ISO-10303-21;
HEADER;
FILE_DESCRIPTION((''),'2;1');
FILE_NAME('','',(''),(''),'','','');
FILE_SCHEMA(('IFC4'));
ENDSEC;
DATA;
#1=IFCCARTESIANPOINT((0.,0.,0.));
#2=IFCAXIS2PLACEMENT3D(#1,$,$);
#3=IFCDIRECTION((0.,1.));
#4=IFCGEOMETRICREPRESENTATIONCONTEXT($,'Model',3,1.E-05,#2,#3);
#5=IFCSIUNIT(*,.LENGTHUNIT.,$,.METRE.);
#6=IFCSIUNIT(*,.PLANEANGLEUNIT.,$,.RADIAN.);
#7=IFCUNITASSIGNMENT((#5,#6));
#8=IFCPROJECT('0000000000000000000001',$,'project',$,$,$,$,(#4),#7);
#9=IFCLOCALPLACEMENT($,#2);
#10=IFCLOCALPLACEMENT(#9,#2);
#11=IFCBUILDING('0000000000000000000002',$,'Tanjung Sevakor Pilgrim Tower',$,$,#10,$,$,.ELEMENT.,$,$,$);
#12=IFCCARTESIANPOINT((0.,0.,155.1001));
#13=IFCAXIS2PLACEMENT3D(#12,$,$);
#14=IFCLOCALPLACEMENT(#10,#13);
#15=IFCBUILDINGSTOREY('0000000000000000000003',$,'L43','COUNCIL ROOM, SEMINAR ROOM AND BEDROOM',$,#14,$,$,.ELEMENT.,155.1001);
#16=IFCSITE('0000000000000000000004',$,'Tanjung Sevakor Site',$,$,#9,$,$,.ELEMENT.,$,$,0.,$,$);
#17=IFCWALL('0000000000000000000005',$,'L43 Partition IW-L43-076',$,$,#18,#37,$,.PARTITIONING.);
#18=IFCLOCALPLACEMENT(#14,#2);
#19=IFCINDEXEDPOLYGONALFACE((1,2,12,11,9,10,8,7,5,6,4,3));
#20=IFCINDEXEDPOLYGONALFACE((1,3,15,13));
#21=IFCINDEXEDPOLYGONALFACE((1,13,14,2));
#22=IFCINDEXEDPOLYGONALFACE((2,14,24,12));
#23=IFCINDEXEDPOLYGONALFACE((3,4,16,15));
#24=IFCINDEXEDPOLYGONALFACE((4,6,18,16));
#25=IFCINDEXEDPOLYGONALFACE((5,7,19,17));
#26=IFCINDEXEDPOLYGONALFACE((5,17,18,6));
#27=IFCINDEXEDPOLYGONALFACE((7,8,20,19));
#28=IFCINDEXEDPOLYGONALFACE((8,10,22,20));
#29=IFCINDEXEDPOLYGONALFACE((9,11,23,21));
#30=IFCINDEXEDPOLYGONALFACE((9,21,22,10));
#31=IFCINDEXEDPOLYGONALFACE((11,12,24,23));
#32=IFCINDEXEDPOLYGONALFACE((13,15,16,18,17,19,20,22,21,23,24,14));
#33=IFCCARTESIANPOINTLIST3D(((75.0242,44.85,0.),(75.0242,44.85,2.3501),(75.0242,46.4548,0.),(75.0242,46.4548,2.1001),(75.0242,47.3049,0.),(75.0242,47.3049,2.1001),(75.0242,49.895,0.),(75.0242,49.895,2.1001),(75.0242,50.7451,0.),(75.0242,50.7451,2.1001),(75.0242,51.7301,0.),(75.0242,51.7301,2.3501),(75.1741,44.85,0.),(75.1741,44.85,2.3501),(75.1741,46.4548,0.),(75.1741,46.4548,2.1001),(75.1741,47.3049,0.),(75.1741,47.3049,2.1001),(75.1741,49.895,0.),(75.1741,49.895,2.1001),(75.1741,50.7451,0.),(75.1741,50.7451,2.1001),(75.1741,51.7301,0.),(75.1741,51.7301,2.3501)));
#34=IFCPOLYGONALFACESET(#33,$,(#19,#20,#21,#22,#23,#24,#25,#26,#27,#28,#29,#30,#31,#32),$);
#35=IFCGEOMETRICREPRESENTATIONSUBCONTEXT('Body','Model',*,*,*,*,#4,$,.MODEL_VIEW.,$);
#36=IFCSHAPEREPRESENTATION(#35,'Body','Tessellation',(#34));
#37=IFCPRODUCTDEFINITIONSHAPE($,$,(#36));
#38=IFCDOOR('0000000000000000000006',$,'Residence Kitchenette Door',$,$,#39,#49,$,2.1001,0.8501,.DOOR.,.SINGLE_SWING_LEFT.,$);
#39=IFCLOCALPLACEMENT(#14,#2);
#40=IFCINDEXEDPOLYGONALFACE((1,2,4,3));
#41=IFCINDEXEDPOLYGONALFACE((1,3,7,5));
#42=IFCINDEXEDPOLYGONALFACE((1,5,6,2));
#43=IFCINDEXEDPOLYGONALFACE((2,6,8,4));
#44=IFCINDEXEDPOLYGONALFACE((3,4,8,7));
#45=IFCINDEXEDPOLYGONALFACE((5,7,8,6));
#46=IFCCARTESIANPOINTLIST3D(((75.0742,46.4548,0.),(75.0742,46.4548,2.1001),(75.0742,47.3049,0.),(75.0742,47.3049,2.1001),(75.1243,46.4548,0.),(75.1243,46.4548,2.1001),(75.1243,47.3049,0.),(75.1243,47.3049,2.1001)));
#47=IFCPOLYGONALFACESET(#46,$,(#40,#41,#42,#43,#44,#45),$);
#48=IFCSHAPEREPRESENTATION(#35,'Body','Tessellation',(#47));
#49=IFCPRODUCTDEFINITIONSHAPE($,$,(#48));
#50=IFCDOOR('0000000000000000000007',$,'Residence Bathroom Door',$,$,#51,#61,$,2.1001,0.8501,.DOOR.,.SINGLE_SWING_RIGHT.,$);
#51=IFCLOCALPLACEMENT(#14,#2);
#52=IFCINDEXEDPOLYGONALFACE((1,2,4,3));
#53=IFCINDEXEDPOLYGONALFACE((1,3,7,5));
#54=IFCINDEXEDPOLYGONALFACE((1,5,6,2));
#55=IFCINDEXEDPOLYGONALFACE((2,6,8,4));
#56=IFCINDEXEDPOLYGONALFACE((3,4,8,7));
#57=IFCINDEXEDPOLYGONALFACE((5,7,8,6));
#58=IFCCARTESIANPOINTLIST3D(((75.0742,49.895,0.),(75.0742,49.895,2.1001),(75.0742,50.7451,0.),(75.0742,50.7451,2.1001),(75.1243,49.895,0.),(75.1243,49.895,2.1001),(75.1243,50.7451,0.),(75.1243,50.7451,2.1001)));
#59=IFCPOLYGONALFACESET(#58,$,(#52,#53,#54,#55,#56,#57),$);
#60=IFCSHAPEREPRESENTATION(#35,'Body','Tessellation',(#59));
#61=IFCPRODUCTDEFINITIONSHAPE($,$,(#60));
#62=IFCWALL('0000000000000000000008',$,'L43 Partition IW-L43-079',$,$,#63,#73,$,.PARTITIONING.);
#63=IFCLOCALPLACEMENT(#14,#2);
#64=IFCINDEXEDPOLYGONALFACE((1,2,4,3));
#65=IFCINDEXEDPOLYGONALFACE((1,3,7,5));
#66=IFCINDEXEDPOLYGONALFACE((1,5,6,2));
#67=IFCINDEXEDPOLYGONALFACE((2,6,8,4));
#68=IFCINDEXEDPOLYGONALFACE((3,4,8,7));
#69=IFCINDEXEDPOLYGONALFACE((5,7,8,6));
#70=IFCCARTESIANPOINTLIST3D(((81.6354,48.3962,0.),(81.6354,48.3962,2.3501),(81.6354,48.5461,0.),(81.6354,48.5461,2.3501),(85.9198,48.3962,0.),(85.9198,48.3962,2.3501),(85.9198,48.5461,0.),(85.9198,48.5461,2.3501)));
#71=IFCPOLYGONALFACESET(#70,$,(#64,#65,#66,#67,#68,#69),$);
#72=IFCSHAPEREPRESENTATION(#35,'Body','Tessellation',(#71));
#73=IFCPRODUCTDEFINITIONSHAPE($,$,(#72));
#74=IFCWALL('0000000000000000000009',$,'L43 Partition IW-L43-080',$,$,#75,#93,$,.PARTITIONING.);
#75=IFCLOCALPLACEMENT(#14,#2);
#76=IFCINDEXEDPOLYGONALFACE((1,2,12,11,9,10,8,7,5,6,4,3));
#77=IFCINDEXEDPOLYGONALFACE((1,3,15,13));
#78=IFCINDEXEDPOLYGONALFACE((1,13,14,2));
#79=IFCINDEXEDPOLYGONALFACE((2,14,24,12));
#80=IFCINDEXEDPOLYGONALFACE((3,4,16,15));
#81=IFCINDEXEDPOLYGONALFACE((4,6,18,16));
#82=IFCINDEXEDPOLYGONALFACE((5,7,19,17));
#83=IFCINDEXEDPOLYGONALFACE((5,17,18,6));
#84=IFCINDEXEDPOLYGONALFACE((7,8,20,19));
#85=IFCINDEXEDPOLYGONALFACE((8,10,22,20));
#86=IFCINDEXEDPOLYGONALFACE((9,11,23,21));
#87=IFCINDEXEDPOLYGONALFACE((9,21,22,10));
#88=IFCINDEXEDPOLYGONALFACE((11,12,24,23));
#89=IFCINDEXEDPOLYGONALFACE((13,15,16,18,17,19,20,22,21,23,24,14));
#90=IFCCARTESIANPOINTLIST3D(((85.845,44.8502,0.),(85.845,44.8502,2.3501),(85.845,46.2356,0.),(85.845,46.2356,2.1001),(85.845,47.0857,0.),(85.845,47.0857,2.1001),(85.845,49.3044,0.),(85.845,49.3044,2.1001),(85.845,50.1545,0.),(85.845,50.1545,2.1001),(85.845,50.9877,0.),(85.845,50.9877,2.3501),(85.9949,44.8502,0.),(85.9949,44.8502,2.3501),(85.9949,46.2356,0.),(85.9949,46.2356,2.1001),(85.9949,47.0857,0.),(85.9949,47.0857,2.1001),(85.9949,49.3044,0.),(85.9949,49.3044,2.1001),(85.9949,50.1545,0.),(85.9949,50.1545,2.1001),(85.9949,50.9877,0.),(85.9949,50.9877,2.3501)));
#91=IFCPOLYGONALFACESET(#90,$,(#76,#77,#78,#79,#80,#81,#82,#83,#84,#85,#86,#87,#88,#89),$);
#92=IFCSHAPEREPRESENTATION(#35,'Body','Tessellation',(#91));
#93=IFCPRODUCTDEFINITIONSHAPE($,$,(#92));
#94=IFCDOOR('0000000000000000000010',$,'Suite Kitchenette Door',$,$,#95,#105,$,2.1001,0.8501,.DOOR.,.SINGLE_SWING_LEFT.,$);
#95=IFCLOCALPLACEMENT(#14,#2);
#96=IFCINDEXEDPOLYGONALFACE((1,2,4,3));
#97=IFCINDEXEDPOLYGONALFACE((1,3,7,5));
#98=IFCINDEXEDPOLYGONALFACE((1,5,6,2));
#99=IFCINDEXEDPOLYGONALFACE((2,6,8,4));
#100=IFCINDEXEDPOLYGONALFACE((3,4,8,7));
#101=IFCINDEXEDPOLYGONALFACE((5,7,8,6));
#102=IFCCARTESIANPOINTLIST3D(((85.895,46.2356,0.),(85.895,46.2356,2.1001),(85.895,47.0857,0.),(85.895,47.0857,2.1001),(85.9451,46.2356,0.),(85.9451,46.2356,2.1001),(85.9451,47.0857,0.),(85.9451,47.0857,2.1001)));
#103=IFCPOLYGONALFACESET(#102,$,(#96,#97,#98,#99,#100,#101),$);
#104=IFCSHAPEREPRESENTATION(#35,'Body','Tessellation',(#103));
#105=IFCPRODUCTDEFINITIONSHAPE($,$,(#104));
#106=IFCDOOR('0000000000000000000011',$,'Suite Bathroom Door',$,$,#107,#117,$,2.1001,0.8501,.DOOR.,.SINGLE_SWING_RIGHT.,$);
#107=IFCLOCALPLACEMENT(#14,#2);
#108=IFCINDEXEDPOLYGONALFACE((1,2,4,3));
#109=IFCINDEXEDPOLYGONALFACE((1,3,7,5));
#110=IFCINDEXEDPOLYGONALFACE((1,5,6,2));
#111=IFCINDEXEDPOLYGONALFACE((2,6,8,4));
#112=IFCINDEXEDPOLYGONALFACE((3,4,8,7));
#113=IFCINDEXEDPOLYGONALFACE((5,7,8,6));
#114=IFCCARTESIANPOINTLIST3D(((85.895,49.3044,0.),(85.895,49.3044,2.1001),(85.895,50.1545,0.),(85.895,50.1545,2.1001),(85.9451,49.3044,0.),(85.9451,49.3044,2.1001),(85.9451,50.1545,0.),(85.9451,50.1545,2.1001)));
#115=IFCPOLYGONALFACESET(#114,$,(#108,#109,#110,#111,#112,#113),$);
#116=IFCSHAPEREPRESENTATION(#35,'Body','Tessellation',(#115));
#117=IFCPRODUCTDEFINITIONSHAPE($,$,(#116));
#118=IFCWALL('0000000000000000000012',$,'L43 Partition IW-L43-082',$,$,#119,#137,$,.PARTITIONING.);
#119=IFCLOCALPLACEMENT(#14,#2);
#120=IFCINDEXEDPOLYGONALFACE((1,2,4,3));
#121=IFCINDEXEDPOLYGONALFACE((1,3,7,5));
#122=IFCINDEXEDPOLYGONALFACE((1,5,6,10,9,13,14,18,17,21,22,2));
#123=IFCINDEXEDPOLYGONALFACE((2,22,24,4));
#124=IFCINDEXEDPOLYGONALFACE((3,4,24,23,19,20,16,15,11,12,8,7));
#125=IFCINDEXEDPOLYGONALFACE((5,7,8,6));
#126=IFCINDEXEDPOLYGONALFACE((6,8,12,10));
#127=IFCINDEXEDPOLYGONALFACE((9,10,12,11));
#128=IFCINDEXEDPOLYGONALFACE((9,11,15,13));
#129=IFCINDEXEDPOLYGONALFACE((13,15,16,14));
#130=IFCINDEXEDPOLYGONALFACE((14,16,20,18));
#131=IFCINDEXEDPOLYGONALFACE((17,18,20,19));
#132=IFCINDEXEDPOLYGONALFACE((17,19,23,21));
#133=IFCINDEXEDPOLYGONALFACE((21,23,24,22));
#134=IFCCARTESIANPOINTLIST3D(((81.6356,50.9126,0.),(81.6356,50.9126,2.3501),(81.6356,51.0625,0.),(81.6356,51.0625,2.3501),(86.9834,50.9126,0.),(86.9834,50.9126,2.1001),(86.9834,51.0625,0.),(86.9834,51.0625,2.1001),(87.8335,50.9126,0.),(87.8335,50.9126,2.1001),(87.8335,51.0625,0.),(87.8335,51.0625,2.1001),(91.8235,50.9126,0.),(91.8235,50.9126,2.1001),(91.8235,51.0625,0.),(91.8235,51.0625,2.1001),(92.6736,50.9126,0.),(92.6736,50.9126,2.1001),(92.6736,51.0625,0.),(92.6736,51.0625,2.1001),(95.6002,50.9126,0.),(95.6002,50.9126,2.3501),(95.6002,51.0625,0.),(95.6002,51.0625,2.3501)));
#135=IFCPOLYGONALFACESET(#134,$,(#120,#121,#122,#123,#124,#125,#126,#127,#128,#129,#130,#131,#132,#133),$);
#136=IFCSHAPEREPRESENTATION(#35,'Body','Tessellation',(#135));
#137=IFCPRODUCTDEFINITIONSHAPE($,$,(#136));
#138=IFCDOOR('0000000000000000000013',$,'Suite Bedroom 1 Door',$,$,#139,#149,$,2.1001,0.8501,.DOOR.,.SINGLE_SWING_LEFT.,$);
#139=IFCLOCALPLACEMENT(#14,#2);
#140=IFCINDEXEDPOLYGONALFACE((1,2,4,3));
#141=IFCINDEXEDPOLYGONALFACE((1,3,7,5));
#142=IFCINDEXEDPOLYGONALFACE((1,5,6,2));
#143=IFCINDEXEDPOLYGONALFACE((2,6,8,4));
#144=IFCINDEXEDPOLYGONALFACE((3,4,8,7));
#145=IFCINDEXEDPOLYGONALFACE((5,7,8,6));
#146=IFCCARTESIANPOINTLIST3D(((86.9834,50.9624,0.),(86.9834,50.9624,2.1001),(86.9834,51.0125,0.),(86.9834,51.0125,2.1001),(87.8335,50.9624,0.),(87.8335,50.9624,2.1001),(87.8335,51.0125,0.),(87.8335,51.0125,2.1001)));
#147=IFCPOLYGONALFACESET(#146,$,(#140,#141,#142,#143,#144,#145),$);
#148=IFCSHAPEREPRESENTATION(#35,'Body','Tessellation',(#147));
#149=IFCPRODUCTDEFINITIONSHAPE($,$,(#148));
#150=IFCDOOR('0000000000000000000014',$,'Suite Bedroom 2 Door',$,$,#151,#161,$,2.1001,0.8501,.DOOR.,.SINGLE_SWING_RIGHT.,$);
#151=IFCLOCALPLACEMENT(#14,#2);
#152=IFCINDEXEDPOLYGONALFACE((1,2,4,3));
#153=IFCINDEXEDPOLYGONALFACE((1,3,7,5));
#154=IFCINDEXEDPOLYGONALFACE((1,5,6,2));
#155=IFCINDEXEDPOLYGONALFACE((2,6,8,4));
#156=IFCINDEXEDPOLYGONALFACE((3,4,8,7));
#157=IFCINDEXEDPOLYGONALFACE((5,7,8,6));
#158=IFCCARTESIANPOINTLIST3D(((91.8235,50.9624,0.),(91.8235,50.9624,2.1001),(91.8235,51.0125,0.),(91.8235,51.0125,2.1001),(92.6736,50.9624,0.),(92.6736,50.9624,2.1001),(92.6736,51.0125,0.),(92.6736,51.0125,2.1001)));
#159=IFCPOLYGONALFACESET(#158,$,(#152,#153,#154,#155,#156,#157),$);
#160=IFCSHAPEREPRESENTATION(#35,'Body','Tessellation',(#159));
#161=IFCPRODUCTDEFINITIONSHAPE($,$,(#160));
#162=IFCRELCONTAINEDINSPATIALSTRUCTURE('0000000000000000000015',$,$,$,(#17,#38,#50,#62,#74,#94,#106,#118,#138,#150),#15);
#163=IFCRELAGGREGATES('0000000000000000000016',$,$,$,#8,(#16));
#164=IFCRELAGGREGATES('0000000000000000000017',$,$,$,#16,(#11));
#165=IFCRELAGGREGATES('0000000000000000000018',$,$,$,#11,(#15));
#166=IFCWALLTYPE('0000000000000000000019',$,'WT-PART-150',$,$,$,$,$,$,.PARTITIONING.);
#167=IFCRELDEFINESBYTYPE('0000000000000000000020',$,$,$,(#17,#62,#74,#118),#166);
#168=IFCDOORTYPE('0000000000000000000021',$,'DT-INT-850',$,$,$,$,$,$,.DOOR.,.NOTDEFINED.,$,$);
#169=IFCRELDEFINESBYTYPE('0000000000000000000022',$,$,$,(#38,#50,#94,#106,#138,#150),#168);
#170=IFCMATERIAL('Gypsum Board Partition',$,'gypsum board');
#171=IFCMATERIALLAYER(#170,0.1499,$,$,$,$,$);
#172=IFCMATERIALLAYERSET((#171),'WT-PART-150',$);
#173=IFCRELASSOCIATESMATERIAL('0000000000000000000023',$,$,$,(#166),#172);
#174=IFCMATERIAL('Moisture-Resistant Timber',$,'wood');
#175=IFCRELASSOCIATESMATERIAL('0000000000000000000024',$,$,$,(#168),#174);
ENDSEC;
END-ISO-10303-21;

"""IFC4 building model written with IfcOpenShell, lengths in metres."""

from ifc_helpers import new_model, si_unit, direction, frame, frame_2d, origin, place, context, subcontext, project, spatial, rectangle, extrude, material, layer, layer_set, type_object, element, fill, save


model = new_model("IFC4")

# Units and contexts
model_context = context("Model", 3, precision=1e-05, world=origin(), true_north=direction((0.0, 1.0)))
body_context = subcontext(model_context, "Body", "Model", "MODEL_VIEW")
ifc_project = project(units=[si_unit("LENGTHUNIT", "METRE"), si_unit("PLANEANGLEUNIT", "RADIAN")], contexts=[model_context])

# Site, building, storey
site_placement = place(None, origin())
site = spatial("IfcSite", under=ifc_project, at=site_placement, Name="Tanjung Sevakor Site", CompositionType="ELEMENT", RefElevation=0.0)
building_placement = place(site_placement, origin())
building = spatial("IfcBuilding", under=site, at=building_placement, Name="Tanjung Sevakor Pilgrim Tower", CompositionType="ELEMENT")
storey_placement = place(building_placement, frame((0.0, 0.0, 155.1001)))
storey = spatial("IfcBuildingStorey", under=building, at=storey_placement, Name="L43", Description="COUNCIL ROOM, SEMINAR ROOM AND BEDROOM", CompositionType="ELEMENT", Elevation=155.1001)

# Wall, openings, doors
ifc_material_1 = material(Name="Gypsum Board Partition", Category="gypsum board")
ifc_layer_1 = layer(ifc_material_1, 0.1499)
ifc_layer_set_1 = layer_set([ifc_layer_1], Name="WT-PART-150")
wall_type_1 = type_object("IfcWallType", Name="WT-PART-150", PredefinedType="PARTITIONING", material=ifc_layer_set_1)
wall_1_placement = place(storey_placement, frame((75.0991, 44.8501, 0.0), z_axis=(0.0, 0.0, 1.0), x_axis=(0.0, 1.0, 0.0)))
wall_1 = element("IfcWall", 1, at=wall_1_placement, inside=storey, type_object=wall_type_1, Name="L43 Partition IW-L43-076", PredefinedType="PARTITIONING", context=body_context, shape_type="SweptSolid", body=[
    extrude(rectangle(XDim=6.8801, YDim=0.1499, at=frame_2d((3.4399, 0.0))), origin(), (0.0, 0.0, 1.0), 2.3501),
])
opening_1_placement = place(wall_1_placement, frame((1.6047, 0.0, 0.0)))
opening_1 = element("IfcOpeningElement", 2, at=opening_1_placement, cuts=wall_1, PredefinedType="OPENING", context=body_context, shape_type="SweptSolid", body=[
    extrude(rectangle(XDim=0.8501, YDim=2.1001, at=frame_2d((0.425, 1.05))), frame((0.0, 0.085, 0.0), z_axis=(0.0, -1.0, 0.0), x_axis=(1.0, 0.0, 0.0)), (0.0, 0.0, 1.0), 0.1699),
])
opening_2_placement = place(wall_1_placement, frame((5.0449, 0.0, 0.0)))
opening_2 = element("IfcOpeningElement", 3, at=opening_2_placement, cuts=wall_1, PredefinedType="OPENING", context=body_context, shape_type="SweptSolid", body=[
    extrude(rectangle(XDim=0.8501, YDim=2.1001, at=frame_2d((0.425, 1.05))), frame((0.0, 0.085, 0.0), z_axis=(0.0, -1.0, 0.0), x_axis=(1.0, 0.0, 0.0)), (0.0, 0.0, 1.0), 0.1699),
])
ifc_material_2 = material(Name="Moisture-Resistant Timber", Category="wood")
door_type_1 = type_object("IfcDoorType", Name="DT-INT-850", OperationType="NOTDEFINED", PredefinedType="DOOR", material=ifc_material_2)
door_1_placement = place(opening_1_placement, origin())
door_1 = element("IfcDoor", 4, at=door_1_placement, inside=storey, type_object=door_type_1, Name="Residence Kitchenette Door", OperationType="SINGLE_SWING_LEFT", OverallHeight=2.1001, OverallWidth=0.8501, PredefinedType="DOOR", context=body_context, shape_type="SweptSolid", body=[
    extrude(rectangle(XDim=0.8501, YDim=2.1001, at=frame_2d((0.425, 1.05))), frame((0.0, 0.0249, 0.0), z_axis=(0.0, -1.0, 0.0), x_axis=(1.0, 0.0, 0.0)), (0.0, 0.0, 1.0), 0.05),
])
fill(opening_1, door_1)
door_2_placement = place(opening_2_placement, origin())
door_2 = element("IfcDoor", 5, at=door_2_placement, inside=storey, type_object=door_type_1, Name="Residence Bathroom Door", OperationType="SINGLE_SWING_RIGHT", OverallHeight=2.1001, OverallWidth=0.8501, PredefinedType="DOOR", context=body_context, shape_type="SweptSolid", body=[
    extrude(rectangle(XDim=0.8501, YDim=2.1001, at=frame_2d((0.425, 1.05))), frame((0.0, 0.0249, 0.0), z_axis=(0.0, -1.0, 0.0), x_axis=(1.0, 0.0, 0.0)), (0.0, 0.0, 1.0), 0.05),
])
fill(opening_2, door_2)

# Wall
wall_2_placement = place(storey_placement, frame((81.6355, 48.4712, 0.0), z_axis=(0.0, 0.0, 1.0), x_axis=(1.0, 0.0, 0.0)))
element("IfcWall", 6, at=wall_2_placement, inside=storey, type_object=wall_type_1, Name="L43 Partition IW-L43-079", PredefinedType="PARTITIONING", context=body_context, shape_type="SweptSolid", body=[
    extrude(rectangle(XDim=4.2844, YDim=0.1499, at=frame_2d((2.1421, 0.0))), origin(), (0.0, 0.0, 1.0), 2.3501),
])

# Walls, openings, doors
wall_3_placement = place(storey_placement, frame((85.9199, 44.8501, 0.0), z_axis=(0.0, 0.0, 1.0), x_axis=(0.0, 1.0, 0.0)))
wall_3 = element("IfcWall", 7, at=wall_3_placement, inside=storey, type_object=wall_type_1, Name="L43 Partition IW-L43-080", PredefinedType="PARTITIONING", context=body_context, shape_type="SweptSolid", body=[
    extrude(rectangle(XDim=6.1375, YDim=0.1499, at=frame_2d((3.0688, 0.0))), origin(), (0.0, 0.0, 1.0), 2.3501),
])
opening_3_placement = place(wall_3_placement, frame((1.3855, 0.0, 0.0)))
opening_3 = element("IfcOpeningElement", 8, at=opening_3_placement, cuts=wall_3, PredefinedType="OPENING", context=body_context, shape_type="SweptSolid", body=[
    extrude(rectangle(XDim=0.8501, YDim=2.1001, at=frame_2d((0.425, 1.05))), frame((0.0, 0.085, 0.0), z_axis=(0.0, -1.0, 0.0), x_axis=(1.0, 0.0, 0.0)), (0.0, 0.0, 1.0), 0.1699),
])
opening_4_placement = place(wall_3_placement, frame((4.4543, 0.0, 0.0)))
opening_4 = element("IfcOpeningElement", 9, at=opening_4_placement, cuts=wall_3, PredefinedType="OPENING", context=body_context, shape_type="SweptSolid", body=[
    extrude(rectangle(XDim=0.8501, YDim=2.1001, at=frame_2d((0.425, 1.05))), frame((0.0, 0.085, 0.0), z_axis=(0.0, -1.0, 0.0), x_axis=(1.0, 0.0, 0.0)), (0.0, 0.0, 1.0), 0.1699),
])
door_3_placement = place(opening_3_placement, origin())
door_3 = element("IfcDoor", 10, at=door_3_placement, inside=storey, type_object=door_type_1, Name="Suite Kitchenette Door", OperationType="SINGLE_SWING_LEFT", OverallHeight=2.1001, OverallWidth=0.8501, PredefinedType="DOOR", context=body_context, shape_type="SweptSolid", body=[
    extrude(rectangle(XDim=0.8501, YDim=2.1001, at=frame_2d((0.425, 1.05))), frame((0.0, 0.0249, 0.0), z_axis=(0.0, -1.0, 0.0), x_axis=(1.0, 0.0, 0.0)), (0.0, 0.0, 1.0), 0.05),
])
fill(opening_3, door_3)
door_4_placement = place(opening_4_placement, origin())
door_4 = element("IfcDoor", 11, at=door_4_placement, inside=storey, type_object=door_type_1, Name="Suite Bathroom Door", OperationType="SINGLE_SWING_RIGHT", OverallHeight=2.1001, OverallWidth=0.8501, PredefinedType="DOOR", context=body_context, shape_type="SweptSolid", body=[
    extrude(rectangle(XDim=0.8501, YDim=2.1001, at=frame_2d((0.425, 1.05))), frame((0.0, 0.0249, 0.0), z_axis=(0.0, -1.0, 0.0), x_axis=(1.0, 0.0, 0.0)), (0.0, 0.0, 1.0), 0.05),
])
fill(opening_4, door_4)
wall_4_placement = place(storey_placement, frame((81.6355, 50.9875, 0.0), z_axis=(0.0, 0.0, 1.0), x_axis=(1.0, 0.0, 0.0)))
wall_4 = element("IfcWall", 12, at=wall_4_placement, inside=storey, type_object=wall_type_1, Name="L43 Partition IW-L43-082", PredefinedType="PARTITIONING", context=body_context, shape_type="SweptSolid", body=[
    extrude(rectangle(XDim=13.9646, YDim=0.1499, at=frame_2d((6.9824, 0.0))), origin(), (0.0, 0.0, 1.0), 2.3501),
])
opening_5_placement = place(wall_4_placement, frame((5.3479, 0.0, 0.0)))
opening_5 = element("IfcOpeningElement", 13, at=opening_5_placement, cuts=wall_4, PredefinedType="OPENING", context=body_context, shape_type="SweptSolid", body=[
    extrude(rectangle(XDim=0.8501, YDim=2.1001, at=frame_2d((0.425, 1.05))), frame((0.0, 0.085, 0.0), z_axis=(0.0, -1.0, 0.0), x_axis=(1.0, 0.0, 0.0)), (0.0, 0.0, 1.0), 0.1699),
])
opening_6_placement = place(wall_4_placement, frame((10.188, 0.0, 0.0)))
opening_6 = element("IfcOpeningElement", 14, at=opening_6_placement, cuts=wall_4, PredefinedType="OPENING", context=body_context, shape_type="SweptSolid", body=[
    extrude(rectangle(XDim=0.8501, YDim=2.1001, at=frame_2d((0.425, 1.05))), frame((0.0, 0.085, 0.0), z_axis=(0.0, -1.0, 0.0), x_axis=(1.0, 0.0, 0.0)), (0.0, 0.0, 1.0), 0.1699),
])
door_5_placement = place(opening_5_placement, origin())
door_5 = element("IfcDoor", 15, at=door_5_placement, inside=storey, type_object=door_type_1, Name="Suite Bedroom 1 Door", OperationType="SINGLE_SWING_LEFT", OverallHeight=2.1001, OverallWidth=0.8501, PredefinedType="DOOR", context=body_context, shape_type="SweptSolid", body=[
    extrude(rectangle(XDim=0.8501, YDim=2.1001, at=frame_2d((0.425, 1.05))), frame((0.0, 0.0249, 0.0), z_axis=(0.0, -1.0, 0.0), x_axis=(1.0, 0.0, 0.0)), (0.0, 0.0, 1.0), 0.05),
])
fill(opening_5, door_5)
door_6_placement = place(opening_6_placement, origin())
door_6 = element("IfcDoor", 16, at=door_6_placement, inside=storey, type_object=door_type_1, Name="Suite Bedroom 2 Door", OperationType="SINGLE_SWING_RIGHT", OverallHeight=2.1001, OverallWidth=0.8501, PredefinedType="DOOR", context=body_context, shape_type="SweptSolid", body=[
    extrude(rectangle(XDim=0.8501, YDim=2.1001, at=frame_2d((0.425, 1.05))), frame((0.0, 0.0249, 0.0), z_axis=(0.0, -1.0, 0.0), x_axis=(1.0, 0.0, 0.0)), (0.0, 0.0, 1.0), 0.05),
])
fill(opening_6, door_6)

save(model, "model.ifc")
